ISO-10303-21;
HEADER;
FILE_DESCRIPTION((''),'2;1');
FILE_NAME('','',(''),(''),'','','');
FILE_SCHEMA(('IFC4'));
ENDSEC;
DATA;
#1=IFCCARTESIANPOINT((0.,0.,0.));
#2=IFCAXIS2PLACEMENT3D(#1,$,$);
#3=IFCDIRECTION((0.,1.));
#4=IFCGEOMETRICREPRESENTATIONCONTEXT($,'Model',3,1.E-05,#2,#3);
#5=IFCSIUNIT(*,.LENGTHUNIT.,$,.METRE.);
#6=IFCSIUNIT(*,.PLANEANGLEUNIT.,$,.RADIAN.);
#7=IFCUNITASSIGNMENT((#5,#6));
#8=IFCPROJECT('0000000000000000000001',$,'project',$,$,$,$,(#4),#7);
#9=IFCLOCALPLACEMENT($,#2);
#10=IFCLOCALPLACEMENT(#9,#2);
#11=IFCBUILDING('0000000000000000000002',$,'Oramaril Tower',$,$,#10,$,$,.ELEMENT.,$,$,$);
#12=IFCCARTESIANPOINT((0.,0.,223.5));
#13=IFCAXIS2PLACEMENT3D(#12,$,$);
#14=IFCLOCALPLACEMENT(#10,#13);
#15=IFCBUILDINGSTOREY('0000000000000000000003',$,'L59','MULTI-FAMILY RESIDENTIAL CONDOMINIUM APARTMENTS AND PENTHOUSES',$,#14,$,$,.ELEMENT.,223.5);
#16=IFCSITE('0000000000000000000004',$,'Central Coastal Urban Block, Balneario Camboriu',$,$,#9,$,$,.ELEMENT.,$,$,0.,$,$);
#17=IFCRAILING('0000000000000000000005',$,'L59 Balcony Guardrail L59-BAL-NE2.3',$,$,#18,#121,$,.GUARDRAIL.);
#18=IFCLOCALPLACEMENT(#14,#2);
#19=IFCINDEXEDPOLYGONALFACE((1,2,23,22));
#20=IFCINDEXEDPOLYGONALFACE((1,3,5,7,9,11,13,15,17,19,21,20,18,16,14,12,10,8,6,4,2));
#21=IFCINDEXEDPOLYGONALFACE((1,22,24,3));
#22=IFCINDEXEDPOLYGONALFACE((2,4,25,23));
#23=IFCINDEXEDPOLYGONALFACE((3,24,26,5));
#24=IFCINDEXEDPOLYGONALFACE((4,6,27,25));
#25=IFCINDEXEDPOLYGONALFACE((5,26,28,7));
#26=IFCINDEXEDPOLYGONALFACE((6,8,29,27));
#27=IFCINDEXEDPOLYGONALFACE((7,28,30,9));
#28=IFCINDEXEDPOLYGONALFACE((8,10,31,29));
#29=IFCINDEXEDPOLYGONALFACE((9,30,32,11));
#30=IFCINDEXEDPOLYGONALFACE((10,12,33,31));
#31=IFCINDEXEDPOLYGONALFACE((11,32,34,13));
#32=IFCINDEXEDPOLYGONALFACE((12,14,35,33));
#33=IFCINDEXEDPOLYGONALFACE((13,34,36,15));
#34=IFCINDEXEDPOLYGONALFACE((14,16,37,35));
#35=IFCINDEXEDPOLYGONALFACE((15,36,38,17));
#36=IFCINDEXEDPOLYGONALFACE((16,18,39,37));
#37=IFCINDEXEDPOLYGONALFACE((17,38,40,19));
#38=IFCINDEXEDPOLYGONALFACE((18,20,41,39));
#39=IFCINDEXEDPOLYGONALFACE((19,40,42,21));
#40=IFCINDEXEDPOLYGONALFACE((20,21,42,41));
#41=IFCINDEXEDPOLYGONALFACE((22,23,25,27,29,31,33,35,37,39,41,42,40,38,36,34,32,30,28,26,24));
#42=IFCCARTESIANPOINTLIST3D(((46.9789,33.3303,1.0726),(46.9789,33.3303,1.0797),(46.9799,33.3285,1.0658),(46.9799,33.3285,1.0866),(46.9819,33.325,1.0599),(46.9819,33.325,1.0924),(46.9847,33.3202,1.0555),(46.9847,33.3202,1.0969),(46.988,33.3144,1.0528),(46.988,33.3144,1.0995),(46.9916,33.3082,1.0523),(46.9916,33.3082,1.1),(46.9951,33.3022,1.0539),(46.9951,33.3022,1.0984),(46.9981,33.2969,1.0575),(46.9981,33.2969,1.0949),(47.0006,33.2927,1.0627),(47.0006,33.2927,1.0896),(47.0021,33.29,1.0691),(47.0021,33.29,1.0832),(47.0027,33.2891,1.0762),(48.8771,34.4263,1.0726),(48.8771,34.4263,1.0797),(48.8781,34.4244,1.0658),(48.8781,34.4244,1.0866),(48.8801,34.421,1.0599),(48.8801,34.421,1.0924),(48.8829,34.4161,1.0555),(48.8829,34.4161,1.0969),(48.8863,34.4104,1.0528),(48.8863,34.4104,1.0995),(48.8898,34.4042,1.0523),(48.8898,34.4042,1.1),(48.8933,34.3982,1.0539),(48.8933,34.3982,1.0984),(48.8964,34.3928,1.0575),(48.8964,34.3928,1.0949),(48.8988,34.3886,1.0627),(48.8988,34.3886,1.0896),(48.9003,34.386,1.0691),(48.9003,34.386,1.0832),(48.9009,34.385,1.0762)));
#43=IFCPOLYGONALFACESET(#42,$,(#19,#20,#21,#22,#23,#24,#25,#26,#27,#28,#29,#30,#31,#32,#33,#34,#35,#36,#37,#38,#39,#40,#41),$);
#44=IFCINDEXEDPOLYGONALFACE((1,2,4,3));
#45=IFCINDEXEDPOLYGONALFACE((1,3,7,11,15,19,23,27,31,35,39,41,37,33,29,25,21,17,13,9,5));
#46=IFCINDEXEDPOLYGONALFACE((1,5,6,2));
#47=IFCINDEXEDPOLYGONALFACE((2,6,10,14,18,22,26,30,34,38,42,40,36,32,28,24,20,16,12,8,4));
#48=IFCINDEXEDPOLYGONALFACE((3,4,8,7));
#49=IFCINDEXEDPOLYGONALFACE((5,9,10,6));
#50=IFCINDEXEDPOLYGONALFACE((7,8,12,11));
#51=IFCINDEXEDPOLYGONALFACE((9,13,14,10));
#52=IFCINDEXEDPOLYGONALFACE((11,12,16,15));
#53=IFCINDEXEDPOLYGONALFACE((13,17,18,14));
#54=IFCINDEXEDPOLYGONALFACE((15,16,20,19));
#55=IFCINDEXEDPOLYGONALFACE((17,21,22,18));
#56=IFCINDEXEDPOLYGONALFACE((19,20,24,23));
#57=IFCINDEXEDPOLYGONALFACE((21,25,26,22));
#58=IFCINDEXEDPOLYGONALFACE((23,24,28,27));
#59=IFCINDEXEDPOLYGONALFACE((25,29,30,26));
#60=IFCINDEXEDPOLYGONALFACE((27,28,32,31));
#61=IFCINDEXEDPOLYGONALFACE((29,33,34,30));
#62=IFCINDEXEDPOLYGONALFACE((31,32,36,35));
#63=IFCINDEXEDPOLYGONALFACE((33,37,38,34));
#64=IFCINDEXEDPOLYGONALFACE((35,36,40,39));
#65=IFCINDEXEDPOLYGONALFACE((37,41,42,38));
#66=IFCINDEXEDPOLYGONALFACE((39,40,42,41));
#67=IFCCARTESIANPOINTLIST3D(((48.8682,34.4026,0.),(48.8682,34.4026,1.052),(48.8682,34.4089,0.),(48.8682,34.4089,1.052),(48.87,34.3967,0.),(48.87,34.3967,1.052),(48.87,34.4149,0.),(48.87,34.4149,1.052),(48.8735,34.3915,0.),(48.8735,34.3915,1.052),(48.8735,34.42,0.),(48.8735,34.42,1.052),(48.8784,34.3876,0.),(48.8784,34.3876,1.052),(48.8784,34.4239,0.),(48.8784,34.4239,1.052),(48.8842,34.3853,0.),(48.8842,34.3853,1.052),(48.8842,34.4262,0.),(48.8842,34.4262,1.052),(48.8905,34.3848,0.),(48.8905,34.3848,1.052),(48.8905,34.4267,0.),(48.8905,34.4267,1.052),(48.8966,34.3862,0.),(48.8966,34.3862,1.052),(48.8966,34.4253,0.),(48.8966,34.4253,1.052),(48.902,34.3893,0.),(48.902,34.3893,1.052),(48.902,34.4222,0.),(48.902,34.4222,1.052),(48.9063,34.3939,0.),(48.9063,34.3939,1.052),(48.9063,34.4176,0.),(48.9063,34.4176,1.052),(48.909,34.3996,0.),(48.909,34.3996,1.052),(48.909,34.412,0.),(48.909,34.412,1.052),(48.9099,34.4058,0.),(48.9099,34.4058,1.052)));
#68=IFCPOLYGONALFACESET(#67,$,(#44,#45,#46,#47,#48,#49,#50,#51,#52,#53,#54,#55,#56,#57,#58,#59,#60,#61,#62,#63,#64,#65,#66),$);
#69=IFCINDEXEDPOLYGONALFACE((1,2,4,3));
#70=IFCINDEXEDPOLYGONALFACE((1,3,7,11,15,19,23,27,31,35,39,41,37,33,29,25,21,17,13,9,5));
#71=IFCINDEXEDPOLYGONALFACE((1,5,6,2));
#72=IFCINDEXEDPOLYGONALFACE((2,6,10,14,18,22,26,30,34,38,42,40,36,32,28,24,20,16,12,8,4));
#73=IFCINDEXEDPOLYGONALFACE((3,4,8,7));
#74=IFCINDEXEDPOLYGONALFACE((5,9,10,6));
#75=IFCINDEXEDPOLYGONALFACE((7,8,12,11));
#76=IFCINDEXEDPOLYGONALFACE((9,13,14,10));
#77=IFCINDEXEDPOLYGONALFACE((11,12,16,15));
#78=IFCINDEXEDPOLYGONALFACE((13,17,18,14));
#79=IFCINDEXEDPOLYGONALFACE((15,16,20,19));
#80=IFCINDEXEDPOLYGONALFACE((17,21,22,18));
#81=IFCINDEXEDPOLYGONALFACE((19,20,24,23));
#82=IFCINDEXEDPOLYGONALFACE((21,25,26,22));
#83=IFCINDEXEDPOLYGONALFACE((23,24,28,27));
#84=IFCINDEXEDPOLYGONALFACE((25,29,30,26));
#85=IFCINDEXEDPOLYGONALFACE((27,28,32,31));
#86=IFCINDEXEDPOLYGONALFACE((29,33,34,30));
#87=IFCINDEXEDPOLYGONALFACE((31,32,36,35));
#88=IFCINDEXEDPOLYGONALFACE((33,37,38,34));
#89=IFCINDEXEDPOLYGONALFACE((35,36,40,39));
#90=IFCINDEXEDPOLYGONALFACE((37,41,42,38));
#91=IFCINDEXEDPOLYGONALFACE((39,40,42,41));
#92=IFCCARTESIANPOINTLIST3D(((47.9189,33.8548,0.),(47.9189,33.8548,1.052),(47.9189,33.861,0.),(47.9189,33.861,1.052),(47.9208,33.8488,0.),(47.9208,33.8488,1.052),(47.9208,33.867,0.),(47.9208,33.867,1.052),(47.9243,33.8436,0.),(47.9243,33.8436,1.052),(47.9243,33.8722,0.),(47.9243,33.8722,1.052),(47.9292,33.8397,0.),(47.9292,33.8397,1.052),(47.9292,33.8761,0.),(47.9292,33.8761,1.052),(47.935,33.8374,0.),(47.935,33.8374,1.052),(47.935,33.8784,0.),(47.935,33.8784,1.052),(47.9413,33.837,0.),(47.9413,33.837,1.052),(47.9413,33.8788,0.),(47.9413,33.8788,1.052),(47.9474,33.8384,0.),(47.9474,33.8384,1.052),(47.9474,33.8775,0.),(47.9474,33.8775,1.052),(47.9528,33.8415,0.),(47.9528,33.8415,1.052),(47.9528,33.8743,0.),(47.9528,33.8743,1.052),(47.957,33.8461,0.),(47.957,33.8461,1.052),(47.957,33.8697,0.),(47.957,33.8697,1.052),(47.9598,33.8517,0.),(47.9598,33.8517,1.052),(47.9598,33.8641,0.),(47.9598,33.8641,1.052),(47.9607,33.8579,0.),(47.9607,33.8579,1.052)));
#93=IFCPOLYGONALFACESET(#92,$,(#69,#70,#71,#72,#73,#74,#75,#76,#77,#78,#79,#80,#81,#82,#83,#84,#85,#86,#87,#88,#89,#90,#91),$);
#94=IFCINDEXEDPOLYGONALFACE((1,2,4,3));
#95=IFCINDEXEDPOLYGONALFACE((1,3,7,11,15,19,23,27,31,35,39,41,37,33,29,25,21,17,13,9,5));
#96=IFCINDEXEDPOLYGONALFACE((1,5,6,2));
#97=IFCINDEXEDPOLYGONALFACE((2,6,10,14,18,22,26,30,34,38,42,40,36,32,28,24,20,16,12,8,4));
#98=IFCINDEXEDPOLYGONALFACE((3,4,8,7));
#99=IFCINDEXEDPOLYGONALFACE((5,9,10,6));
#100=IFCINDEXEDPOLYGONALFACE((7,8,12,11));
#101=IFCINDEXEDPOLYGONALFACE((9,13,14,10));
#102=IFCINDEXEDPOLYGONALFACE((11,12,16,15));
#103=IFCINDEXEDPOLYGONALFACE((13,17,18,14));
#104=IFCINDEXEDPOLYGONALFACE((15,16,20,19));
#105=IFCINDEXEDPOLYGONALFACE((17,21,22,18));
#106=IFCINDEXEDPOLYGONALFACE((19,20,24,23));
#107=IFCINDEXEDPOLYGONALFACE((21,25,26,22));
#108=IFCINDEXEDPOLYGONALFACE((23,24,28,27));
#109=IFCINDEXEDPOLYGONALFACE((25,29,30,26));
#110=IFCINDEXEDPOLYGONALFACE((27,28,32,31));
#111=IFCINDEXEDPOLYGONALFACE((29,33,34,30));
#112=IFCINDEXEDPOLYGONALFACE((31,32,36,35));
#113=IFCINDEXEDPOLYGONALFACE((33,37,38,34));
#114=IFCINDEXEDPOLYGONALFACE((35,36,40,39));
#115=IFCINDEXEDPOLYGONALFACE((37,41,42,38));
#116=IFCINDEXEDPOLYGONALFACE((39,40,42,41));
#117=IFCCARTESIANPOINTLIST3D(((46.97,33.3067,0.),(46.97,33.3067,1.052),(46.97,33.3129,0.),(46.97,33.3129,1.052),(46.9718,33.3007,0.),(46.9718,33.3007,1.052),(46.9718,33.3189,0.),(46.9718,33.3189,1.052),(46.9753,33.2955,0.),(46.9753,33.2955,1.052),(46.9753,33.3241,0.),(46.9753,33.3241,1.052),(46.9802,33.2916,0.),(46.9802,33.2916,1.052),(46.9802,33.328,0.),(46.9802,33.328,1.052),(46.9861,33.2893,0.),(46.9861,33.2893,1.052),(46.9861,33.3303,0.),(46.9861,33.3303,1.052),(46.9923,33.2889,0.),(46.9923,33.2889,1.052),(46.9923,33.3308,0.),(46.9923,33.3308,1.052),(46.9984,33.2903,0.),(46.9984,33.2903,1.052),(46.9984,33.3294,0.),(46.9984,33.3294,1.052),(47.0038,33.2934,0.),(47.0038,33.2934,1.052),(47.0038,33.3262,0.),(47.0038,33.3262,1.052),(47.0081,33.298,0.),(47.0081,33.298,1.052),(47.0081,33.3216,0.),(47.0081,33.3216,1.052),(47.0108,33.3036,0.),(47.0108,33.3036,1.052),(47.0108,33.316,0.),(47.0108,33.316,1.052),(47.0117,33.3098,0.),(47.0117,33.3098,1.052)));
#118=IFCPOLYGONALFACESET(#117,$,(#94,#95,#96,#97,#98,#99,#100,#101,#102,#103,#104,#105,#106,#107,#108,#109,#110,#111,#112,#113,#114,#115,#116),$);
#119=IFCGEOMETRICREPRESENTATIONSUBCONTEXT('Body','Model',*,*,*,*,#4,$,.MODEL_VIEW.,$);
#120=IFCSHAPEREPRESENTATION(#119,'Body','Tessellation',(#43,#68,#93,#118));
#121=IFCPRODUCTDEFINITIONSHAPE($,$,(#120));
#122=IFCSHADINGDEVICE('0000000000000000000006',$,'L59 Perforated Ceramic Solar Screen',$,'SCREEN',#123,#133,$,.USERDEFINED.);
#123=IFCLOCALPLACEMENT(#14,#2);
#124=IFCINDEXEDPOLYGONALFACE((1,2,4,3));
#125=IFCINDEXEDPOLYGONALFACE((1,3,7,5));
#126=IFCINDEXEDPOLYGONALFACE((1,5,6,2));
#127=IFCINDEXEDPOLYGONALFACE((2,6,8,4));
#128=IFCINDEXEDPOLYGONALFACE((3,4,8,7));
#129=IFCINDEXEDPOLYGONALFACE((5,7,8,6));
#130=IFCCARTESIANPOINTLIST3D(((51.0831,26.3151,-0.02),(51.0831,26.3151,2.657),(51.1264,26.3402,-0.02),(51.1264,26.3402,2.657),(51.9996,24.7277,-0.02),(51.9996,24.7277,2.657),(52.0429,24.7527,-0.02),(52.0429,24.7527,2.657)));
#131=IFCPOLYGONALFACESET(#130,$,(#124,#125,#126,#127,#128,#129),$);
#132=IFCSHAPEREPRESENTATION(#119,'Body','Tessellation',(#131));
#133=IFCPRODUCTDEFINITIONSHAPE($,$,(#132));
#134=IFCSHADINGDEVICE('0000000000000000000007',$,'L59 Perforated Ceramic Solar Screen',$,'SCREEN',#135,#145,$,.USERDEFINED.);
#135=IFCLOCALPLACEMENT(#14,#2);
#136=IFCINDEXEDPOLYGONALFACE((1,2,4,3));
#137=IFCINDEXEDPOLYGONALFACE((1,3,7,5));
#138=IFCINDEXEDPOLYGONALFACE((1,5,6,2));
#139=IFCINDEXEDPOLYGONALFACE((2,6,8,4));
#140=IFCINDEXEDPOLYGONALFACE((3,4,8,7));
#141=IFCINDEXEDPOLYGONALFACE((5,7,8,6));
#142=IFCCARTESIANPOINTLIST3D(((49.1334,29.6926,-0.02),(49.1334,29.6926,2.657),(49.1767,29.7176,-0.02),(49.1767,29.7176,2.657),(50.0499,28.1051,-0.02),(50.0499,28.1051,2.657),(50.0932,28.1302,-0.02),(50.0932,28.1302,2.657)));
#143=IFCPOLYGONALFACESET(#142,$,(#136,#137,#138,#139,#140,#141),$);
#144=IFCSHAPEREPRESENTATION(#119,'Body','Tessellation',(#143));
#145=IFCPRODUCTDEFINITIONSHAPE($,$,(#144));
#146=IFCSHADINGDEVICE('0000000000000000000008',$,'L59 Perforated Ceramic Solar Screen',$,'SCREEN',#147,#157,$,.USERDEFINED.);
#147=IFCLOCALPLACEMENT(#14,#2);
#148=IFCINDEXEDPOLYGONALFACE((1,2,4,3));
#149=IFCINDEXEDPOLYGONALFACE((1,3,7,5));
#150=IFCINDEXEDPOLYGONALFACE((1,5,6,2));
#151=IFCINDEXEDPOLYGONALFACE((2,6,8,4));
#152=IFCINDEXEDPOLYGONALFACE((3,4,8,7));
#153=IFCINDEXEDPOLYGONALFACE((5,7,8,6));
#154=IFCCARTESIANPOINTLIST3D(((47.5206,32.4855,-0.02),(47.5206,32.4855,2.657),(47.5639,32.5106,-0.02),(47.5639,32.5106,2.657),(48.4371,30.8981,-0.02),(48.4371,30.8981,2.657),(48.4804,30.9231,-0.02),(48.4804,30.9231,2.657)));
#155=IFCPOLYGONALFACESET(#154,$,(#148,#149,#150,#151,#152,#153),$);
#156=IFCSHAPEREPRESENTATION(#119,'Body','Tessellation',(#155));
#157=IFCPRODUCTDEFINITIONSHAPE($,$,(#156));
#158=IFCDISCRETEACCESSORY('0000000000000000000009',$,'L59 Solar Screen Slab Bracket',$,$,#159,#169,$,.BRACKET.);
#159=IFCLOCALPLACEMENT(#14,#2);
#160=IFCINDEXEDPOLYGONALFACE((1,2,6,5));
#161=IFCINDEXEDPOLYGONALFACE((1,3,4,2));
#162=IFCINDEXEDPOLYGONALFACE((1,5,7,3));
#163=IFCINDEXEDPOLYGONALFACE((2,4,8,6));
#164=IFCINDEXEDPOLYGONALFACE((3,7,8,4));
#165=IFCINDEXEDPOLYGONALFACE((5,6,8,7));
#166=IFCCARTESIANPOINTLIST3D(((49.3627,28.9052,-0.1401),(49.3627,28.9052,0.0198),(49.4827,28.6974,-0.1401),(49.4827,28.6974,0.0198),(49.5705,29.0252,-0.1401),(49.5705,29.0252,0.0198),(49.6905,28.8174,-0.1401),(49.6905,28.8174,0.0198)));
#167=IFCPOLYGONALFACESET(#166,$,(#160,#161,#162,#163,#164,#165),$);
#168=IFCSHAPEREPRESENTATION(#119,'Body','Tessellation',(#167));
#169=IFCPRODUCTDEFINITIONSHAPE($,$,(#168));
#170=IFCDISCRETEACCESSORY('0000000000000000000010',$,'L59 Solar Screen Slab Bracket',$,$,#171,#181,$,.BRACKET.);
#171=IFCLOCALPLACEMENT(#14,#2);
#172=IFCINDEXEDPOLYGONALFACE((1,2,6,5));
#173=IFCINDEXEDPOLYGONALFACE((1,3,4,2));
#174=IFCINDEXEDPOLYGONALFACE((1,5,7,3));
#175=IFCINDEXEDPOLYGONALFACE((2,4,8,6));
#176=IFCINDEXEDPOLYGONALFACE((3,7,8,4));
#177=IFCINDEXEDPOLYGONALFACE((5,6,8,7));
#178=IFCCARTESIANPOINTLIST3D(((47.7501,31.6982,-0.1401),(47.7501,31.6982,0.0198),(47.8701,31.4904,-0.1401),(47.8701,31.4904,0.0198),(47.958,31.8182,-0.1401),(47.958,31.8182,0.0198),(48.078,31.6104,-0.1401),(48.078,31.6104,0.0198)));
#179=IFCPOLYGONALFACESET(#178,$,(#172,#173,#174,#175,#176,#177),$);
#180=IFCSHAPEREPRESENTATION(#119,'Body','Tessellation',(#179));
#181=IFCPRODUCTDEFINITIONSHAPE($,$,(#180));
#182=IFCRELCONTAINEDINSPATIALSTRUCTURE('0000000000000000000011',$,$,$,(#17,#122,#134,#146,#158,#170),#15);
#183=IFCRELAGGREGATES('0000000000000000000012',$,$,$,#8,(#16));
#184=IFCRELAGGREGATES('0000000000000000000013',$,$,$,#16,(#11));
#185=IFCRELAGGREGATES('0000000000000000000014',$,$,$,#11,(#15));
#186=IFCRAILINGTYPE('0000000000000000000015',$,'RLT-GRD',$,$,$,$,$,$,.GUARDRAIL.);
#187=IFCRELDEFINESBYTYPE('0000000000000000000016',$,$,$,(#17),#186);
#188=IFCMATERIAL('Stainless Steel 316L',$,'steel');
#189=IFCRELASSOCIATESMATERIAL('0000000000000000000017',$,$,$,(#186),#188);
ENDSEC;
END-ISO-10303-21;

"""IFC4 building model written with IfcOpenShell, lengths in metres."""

from ifc_helpers import new_model, si_unit, direction, frame, origin, origin_2d, place, context, subcontext, project, spatial, rectangle, circle, extrude, material, type_object, element, save


model = new_model("IFC4")

# Units and contexts
model_context = context("Model", 3, precision=1e-05, world=origin(), true_north=direction((0.0, 1.0)))
body_context = subcontext(model_context, "Body", "Model", "MODEL_VIEW")
ifc_project = project(units=[si_unit("LENGTHUNIT", "METRE"), si_unit("PLANEANGLEUNIT", "RADIAN")], contexts=[model_context])

# Site, building, storey
site_placement = place(None, origin())
site = spatial("IfcSite", under=ifc_project, at=site_placement, Name="Central Coastal Urban Block, Balneario Camboriu", CompositionType="ELEMENT", RefElevation=0.0)
building_placement = place(site_placement, origin())
building = spatial("IfcBuilding", under=site, at=building_placement, Name="Oramaril Tower", CompositionType="ELEMENT")
storey_placement = place(building_placement, frame((0.0, 0.0, 223.5)))
storey = spatial("IfcBuildingStorey", under=building, at=storey_placement, Name="L59", Description="MULTI-FAMILY RESIDENTIAL CONDOMINIUM APARTMENTS AND PENTHOUSES", CompositionType="ELEMENT", Elevation=223.5)

# Railing
ifc_material_1 = material(Name="Stainless Steel 316L", Category="steel")
railing_type = type_object("IfcRailingType", Name="RLT-GRD", PredefinedType="GUARDRAIL", material=ifc_material_1)
railing_1_placement = place(storey_placement, frame((48.8889, 34.4058, 0.0)))
element("IfcRailing", 1, at=railing_1_placement, inside=storey, type_object=railing_type, Name="L59 Balcony Guardrail L59-BAL-NE2.3", PredefinedType="GUARDRAIL", context=body_context, shape_type="SweptSolid", body=[
    extrude(circle(Radius=0.0239, at=origin_2d()), frame((0.0, 0.0, 1.0762), z_axis=(-0.866021, -0.500008, 0.0), x_axis=(0.500008, -0.866021, 0.0)), (0.0, 0.0, 1.0), 2.1919),
    extrude(circle(Radius=0.021, at=origin_2d()), origin(), (0.0, 0.0, 1.0), 1.052),
    extrude(circle(Radius=0.021, at=origin_2d()), frame((-0.9492, -0.5479, 0.0)), (0.0, 0.0, 1.0), 1.052),
    extrude(circle(Radius=0.021, at=origin_2d()), frame((-1.8982, -1.0959, 0.0)), (0.0, 0.0, 1.0), 1.052),
])

# Shading devices
for number, where, z_axis, x_axis, name in (
    (2, (51.563, 25.5339, -0.02), (0.0, 0.0, 1.0), (-0.5, 0.866025, 0.0), "L59 Perforated Ceramic Solar Screen"),
    (3, (49.6133, 28.9114, -0.02), (0.0, 0.0, 1.0), (-0.5, 0.866025, 0.0), "L59 Perforated Ceramic Solar Screen"),
    (4, (48.0005, 31.7043, -0.02), (0.0, 0.0, 1.0), (-0.5, 0.866025, 0.0), "L59 Perforated Ceramic Solar Screen"),
):
    element("IfcShadingDevice", number, at=place(storey_placement, frame(where, z_axis=z_axis, x_axis=x_axis)), inside=storey, Name=name, ObjectType="SCREEN", PredefinedType="USERDEFINED", context=body_context, shape_type="SweptSolid", body=[
        extrude(rectangle(XDim=1.833, YDim=0.05, at=origin_2d()), origin(), (0.0, 0.0, 1.0), 2.677),
    ])

# Discrete accessories
for number, where, z_axis, x_axis, name in (
    (5, (49.5266, 28.8613, -0.1401), (0.0, 0.0, 1.0), (-0.5, 0.866025, 0.0), "L59 Solar Screen Slab Bracket"),
    (6, (47.9141, 31.6543, -0.1401), (0.0, 0.0, 1.0), (-0.5, 0.866025, 0.0), "L59 Solar Screen Slab Bracket"),
):
    element("IfcDiscreteAccessory", number, at=place(storey_placement, frame(where, z_axis=z_axis, x_axis=x_axis)), inside=storey, Name=name, PredefinedType="BRACKET", context=body_context, shape_type="SweptSolid", body=[
        extrude(rectangle(XDim=0.24, YDim=0.24, at=origin_2d()), origin(), (0.0, 0.0, 1.0), 0.1599),
    ])

save(model, "model.ifc")
